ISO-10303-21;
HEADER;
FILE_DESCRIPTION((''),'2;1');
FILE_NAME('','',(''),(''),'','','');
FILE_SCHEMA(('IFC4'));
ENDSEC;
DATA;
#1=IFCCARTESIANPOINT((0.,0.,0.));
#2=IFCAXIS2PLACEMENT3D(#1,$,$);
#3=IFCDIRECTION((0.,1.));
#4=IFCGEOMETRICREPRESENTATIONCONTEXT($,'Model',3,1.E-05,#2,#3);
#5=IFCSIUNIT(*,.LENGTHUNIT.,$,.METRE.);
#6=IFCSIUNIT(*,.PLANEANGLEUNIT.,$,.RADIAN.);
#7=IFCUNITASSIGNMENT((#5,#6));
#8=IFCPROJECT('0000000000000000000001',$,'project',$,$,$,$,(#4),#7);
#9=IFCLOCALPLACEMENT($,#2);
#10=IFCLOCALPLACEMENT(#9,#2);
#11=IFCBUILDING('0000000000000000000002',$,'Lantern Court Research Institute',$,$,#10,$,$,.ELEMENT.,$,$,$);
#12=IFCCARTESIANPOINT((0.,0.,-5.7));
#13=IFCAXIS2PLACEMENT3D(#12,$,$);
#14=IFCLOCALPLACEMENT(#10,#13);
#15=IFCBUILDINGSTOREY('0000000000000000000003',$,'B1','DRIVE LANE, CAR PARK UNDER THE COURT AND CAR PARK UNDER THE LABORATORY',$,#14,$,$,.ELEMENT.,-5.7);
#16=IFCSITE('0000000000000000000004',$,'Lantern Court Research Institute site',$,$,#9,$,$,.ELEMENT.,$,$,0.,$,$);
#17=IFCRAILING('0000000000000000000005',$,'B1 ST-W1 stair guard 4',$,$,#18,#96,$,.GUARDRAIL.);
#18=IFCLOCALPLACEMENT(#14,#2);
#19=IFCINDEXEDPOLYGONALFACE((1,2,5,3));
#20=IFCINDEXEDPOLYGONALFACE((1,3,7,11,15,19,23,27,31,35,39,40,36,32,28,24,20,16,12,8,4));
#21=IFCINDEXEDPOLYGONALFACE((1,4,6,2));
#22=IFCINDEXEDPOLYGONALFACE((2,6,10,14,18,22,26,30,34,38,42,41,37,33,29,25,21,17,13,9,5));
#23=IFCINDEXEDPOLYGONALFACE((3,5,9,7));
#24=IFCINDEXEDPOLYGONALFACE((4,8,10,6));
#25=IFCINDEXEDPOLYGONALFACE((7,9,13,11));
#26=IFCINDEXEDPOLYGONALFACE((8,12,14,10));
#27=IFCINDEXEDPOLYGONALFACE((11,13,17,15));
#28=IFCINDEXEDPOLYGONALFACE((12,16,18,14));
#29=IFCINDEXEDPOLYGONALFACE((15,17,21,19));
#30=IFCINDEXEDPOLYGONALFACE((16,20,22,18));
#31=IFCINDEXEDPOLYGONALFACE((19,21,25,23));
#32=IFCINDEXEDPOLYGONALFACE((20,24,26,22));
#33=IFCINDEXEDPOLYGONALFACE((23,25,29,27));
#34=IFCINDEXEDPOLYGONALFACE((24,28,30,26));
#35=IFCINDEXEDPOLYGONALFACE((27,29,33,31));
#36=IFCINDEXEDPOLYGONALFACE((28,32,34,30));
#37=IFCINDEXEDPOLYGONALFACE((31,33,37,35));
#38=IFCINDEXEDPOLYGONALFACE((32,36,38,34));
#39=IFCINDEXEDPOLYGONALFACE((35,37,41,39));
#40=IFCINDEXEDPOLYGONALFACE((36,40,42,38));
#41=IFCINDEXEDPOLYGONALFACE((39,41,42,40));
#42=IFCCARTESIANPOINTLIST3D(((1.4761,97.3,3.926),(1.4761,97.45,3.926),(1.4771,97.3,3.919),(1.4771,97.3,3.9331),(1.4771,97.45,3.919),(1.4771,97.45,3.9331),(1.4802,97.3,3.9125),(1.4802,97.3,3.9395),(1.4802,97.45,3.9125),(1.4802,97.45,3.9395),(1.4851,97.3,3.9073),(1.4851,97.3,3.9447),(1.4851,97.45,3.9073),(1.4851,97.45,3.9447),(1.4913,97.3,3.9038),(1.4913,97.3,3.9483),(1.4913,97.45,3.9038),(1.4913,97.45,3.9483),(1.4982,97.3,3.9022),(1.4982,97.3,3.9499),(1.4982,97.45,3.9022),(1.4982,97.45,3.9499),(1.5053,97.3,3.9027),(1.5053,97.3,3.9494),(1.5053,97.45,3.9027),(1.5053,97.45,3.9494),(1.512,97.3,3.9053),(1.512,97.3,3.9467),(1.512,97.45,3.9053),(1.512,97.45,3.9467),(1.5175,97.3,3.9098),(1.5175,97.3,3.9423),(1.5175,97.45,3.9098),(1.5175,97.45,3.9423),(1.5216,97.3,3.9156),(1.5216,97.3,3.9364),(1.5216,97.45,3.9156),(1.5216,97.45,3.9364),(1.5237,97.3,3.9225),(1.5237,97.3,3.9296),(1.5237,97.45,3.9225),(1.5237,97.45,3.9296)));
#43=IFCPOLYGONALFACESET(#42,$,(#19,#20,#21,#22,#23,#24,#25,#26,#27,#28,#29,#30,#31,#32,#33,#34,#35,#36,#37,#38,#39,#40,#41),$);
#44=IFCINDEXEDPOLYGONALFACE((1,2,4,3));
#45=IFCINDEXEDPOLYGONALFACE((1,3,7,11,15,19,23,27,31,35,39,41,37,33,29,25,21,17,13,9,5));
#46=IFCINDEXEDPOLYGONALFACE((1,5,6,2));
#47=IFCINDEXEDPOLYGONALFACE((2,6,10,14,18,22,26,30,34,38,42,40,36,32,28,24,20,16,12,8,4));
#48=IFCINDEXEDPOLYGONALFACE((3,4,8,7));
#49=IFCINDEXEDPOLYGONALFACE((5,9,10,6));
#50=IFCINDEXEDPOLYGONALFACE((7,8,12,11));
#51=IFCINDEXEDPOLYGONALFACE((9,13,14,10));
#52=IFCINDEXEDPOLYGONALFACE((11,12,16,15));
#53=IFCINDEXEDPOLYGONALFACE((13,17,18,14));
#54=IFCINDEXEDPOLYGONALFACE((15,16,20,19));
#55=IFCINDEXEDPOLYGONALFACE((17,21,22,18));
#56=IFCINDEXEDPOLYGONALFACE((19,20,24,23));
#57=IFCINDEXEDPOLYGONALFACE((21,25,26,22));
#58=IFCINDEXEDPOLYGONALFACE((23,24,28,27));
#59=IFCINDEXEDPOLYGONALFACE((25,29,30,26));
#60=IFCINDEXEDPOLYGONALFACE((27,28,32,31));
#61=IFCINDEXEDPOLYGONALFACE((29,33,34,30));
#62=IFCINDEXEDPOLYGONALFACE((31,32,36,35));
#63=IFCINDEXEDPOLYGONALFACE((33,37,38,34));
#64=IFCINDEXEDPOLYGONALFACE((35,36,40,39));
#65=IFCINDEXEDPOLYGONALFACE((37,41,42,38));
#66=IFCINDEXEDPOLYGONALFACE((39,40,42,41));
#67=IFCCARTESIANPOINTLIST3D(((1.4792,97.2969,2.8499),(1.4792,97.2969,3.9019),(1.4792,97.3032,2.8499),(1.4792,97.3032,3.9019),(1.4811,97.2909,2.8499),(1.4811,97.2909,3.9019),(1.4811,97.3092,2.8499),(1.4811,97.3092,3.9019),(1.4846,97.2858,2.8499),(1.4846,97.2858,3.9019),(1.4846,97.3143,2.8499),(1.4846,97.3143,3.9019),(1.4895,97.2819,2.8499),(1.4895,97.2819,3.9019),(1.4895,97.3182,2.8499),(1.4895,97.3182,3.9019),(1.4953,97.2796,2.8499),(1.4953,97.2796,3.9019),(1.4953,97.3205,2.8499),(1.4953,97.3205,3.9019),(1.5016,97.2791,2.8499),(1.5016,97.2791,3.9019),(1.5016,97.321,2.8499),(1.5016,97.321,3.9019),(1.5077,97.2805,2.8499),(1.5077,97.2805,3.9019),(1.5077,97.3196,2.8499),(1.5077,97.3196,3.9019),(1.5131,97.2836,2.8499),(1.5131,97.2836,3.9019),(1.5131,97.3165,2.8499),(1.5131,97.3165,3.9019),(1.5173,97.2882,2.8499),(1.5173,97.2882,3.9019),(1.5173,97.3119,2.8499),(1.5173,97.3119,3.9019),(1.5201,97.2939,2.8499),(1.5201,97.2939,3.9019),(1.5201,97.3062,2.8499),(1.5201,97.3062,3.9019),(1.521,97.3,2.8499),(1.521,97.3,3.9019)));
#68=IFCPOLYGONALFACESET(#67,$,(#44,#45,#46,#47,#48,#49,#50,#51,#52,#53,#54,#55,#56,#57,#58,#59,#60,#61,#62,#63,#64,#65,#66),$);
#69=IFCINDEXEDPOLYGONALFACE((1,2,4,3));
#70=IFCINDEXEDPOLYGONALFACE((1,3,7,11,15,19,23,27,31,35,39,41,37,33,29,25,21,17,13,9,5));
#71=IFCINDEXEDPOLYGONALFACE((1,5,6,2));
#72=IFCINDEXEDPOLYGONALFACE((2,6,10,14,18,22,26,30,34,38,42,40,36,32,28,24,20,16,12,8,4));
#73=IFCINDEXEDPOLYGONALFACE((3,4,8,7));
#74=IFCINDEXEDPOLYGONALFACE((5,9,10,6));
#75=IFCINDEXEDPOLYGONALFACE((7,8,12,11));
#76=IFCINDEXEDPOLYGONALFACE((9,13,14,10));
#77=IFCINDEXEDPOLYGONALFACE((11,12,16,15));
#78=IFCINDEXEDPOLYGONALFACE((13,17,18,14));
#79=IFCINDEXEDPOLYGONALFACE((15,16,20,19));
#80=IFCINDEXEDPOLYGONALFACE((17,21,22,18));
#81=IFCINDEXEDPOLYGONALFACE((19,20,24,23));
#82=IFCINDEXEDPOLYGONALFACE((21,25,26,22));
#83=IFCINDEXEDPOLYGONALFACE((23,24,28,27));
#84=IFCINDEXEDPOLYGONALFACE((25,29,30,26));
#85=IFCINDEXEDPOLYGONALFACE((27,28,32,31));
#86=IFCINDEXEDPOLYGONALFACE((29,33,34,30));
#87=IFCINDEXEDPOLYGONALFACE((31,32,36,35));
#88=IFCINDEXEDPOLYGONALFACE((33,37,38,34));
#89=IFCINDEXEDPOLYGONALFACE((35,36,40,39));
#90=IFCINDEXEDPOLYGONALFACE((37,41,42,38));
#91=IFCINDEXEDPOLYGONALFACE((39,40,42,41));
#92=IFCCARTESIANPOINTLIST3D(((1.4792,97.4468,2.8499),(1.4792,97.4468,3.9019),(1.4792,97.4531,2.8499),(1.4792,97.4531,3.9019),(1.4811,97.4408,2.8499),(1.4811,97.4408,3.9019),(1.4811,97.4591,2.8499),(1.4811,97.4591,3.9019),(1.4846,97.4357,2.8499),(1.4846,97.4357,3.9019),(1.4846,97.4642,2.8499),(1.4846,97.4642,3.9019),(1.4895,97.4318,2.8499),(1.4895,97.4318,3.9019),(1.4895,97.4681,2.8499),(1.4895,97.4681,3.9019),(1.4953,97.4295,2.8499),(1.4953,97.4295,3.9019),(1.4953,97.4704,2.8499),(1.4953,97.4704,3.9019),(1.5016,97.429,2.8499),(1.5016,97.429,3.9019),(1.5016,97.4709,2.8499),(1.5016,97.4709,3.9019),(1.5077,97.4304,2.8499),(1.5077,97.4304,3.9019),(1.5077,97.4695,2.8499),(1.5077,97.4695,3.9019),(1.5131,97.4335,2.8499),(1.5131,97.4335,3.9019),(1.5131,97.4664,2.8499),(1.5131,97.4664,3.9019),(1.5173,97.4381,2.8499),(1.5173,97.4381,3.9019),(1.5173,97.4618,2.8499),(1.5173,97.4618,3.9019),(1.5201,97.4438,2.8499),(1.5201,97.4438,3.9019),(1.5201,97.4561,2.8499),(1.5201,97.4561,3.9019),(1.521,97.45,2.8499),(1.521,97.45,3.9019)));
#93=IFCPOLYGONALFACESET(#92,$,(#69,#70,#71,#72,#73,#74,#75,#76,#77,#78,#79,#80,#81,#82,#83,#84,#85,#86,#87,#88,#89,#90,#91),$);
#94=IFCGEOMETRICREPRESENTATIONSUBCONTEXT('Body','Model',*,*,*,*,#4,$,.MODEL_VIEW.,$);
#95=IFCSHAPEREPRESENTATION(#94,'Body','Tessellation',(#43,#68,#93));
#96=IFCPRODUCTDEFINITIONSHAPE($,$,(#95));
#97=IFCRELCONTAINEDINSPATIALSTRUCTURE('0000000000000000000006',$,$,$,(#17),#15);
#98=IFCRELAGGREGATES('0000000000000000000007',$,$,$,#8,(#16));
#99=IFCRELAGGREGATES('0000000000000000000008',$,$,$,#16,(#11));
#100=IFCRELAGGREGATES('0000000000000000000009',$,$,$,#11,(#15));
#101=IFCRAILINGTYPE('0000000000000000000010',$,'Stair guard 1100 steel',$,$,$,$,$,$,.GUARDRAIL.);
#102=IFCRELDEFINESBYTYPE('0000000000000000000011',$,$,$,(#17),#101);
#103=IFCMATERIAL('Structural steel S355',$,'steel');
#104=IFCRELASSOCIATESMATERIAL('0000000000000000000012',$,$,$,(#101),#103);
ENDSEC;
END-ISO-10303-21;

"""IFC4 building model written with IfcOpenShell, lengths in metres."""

from ifc_helpers import new_model, si_unit, direction, frame, origin, origin_2d, place, context, subcontext, project, spatial, circle, extrude, material, type_object, element, save


model = new_model("IFC4")

# Units and contexts
model_context = context("Model", 3, precision=1e-05, world=origin(), true_north=direction((0.0, 1.0)))
body_context = subcontext(model_context, "Body", "Model", "MODEL_VIEW")
ifc_project = project(units=[si_unit("LENGTHUNIT", "METRE"), si_unit("PLANEANGLEUNIT", "RADIAN")], contexts=[model_context])

# Site, building, storey
site_placement = place(None, origin())
site = spatial("IfcSite", under=ifc_project, at=site_placement, Name="Lantern Court Research Institute site", CompositionType="ELEMENT", RefElevation=0.0)
building_placement = place(site_placement, origin())
building = spatial("IfcBuilding", under=site, at=building_placement, Name="Lantern Court Research Institute", CompositionType="ELEMENT")
storey_placement = place(building_placement, frame((0.0, 0.0, -5.7)))
storey = spatial("IfcBuildingStorey", under=building, at=storey_placement, Name="B1", Description="DRIVE LANE, CAR PARK UNDER THE COURT AND CAR PARK UNDER THE LABORATORY", CompositionType="ELEMENT", Elevation=-5.7)

# Railing
ifc_material_1 = material(Name="Structural steel S355", Category="steel")
railing_type_1 = type_object("IfcRailingType", Name="Stair guard 1100 steel", PredefinedType="GUARDRAIL", material=ifc_material_1)
railing_1_placement = place(storey_placement, frame((1.5, 97.3, 2.8499)))
element("IfcRailing", 1, at=railing_1_placement, inside=storey, type_object=railing_type_1, Name="B1 ST-W1 stair guard 4", PredefinedType="GUARDRAIL", context=body_context, shape_type="SweptSolid", body=[
    extrude(circle(Radius=0.0239, at=origin_2d()), frame((0.0, 0.0, 1.0762), z_axis=(0.0, 1.0, 0.0), x_axis=(-1.0, 0.0, 0.0)), (0.0, 0.0, 1.0), 0.1499),
    extrude(circle(Radius=0.021, at=origin_2d()), origin(), (0.0, 0.0, 1.0), 1.052),
    extrude(circle(Radius=0.021, at=origin_2d()), frame((0.0, 0.1499, 0.0)), (0.0, 0.0, 1.0), 1.052),
])

save(model, "model.ifc")
